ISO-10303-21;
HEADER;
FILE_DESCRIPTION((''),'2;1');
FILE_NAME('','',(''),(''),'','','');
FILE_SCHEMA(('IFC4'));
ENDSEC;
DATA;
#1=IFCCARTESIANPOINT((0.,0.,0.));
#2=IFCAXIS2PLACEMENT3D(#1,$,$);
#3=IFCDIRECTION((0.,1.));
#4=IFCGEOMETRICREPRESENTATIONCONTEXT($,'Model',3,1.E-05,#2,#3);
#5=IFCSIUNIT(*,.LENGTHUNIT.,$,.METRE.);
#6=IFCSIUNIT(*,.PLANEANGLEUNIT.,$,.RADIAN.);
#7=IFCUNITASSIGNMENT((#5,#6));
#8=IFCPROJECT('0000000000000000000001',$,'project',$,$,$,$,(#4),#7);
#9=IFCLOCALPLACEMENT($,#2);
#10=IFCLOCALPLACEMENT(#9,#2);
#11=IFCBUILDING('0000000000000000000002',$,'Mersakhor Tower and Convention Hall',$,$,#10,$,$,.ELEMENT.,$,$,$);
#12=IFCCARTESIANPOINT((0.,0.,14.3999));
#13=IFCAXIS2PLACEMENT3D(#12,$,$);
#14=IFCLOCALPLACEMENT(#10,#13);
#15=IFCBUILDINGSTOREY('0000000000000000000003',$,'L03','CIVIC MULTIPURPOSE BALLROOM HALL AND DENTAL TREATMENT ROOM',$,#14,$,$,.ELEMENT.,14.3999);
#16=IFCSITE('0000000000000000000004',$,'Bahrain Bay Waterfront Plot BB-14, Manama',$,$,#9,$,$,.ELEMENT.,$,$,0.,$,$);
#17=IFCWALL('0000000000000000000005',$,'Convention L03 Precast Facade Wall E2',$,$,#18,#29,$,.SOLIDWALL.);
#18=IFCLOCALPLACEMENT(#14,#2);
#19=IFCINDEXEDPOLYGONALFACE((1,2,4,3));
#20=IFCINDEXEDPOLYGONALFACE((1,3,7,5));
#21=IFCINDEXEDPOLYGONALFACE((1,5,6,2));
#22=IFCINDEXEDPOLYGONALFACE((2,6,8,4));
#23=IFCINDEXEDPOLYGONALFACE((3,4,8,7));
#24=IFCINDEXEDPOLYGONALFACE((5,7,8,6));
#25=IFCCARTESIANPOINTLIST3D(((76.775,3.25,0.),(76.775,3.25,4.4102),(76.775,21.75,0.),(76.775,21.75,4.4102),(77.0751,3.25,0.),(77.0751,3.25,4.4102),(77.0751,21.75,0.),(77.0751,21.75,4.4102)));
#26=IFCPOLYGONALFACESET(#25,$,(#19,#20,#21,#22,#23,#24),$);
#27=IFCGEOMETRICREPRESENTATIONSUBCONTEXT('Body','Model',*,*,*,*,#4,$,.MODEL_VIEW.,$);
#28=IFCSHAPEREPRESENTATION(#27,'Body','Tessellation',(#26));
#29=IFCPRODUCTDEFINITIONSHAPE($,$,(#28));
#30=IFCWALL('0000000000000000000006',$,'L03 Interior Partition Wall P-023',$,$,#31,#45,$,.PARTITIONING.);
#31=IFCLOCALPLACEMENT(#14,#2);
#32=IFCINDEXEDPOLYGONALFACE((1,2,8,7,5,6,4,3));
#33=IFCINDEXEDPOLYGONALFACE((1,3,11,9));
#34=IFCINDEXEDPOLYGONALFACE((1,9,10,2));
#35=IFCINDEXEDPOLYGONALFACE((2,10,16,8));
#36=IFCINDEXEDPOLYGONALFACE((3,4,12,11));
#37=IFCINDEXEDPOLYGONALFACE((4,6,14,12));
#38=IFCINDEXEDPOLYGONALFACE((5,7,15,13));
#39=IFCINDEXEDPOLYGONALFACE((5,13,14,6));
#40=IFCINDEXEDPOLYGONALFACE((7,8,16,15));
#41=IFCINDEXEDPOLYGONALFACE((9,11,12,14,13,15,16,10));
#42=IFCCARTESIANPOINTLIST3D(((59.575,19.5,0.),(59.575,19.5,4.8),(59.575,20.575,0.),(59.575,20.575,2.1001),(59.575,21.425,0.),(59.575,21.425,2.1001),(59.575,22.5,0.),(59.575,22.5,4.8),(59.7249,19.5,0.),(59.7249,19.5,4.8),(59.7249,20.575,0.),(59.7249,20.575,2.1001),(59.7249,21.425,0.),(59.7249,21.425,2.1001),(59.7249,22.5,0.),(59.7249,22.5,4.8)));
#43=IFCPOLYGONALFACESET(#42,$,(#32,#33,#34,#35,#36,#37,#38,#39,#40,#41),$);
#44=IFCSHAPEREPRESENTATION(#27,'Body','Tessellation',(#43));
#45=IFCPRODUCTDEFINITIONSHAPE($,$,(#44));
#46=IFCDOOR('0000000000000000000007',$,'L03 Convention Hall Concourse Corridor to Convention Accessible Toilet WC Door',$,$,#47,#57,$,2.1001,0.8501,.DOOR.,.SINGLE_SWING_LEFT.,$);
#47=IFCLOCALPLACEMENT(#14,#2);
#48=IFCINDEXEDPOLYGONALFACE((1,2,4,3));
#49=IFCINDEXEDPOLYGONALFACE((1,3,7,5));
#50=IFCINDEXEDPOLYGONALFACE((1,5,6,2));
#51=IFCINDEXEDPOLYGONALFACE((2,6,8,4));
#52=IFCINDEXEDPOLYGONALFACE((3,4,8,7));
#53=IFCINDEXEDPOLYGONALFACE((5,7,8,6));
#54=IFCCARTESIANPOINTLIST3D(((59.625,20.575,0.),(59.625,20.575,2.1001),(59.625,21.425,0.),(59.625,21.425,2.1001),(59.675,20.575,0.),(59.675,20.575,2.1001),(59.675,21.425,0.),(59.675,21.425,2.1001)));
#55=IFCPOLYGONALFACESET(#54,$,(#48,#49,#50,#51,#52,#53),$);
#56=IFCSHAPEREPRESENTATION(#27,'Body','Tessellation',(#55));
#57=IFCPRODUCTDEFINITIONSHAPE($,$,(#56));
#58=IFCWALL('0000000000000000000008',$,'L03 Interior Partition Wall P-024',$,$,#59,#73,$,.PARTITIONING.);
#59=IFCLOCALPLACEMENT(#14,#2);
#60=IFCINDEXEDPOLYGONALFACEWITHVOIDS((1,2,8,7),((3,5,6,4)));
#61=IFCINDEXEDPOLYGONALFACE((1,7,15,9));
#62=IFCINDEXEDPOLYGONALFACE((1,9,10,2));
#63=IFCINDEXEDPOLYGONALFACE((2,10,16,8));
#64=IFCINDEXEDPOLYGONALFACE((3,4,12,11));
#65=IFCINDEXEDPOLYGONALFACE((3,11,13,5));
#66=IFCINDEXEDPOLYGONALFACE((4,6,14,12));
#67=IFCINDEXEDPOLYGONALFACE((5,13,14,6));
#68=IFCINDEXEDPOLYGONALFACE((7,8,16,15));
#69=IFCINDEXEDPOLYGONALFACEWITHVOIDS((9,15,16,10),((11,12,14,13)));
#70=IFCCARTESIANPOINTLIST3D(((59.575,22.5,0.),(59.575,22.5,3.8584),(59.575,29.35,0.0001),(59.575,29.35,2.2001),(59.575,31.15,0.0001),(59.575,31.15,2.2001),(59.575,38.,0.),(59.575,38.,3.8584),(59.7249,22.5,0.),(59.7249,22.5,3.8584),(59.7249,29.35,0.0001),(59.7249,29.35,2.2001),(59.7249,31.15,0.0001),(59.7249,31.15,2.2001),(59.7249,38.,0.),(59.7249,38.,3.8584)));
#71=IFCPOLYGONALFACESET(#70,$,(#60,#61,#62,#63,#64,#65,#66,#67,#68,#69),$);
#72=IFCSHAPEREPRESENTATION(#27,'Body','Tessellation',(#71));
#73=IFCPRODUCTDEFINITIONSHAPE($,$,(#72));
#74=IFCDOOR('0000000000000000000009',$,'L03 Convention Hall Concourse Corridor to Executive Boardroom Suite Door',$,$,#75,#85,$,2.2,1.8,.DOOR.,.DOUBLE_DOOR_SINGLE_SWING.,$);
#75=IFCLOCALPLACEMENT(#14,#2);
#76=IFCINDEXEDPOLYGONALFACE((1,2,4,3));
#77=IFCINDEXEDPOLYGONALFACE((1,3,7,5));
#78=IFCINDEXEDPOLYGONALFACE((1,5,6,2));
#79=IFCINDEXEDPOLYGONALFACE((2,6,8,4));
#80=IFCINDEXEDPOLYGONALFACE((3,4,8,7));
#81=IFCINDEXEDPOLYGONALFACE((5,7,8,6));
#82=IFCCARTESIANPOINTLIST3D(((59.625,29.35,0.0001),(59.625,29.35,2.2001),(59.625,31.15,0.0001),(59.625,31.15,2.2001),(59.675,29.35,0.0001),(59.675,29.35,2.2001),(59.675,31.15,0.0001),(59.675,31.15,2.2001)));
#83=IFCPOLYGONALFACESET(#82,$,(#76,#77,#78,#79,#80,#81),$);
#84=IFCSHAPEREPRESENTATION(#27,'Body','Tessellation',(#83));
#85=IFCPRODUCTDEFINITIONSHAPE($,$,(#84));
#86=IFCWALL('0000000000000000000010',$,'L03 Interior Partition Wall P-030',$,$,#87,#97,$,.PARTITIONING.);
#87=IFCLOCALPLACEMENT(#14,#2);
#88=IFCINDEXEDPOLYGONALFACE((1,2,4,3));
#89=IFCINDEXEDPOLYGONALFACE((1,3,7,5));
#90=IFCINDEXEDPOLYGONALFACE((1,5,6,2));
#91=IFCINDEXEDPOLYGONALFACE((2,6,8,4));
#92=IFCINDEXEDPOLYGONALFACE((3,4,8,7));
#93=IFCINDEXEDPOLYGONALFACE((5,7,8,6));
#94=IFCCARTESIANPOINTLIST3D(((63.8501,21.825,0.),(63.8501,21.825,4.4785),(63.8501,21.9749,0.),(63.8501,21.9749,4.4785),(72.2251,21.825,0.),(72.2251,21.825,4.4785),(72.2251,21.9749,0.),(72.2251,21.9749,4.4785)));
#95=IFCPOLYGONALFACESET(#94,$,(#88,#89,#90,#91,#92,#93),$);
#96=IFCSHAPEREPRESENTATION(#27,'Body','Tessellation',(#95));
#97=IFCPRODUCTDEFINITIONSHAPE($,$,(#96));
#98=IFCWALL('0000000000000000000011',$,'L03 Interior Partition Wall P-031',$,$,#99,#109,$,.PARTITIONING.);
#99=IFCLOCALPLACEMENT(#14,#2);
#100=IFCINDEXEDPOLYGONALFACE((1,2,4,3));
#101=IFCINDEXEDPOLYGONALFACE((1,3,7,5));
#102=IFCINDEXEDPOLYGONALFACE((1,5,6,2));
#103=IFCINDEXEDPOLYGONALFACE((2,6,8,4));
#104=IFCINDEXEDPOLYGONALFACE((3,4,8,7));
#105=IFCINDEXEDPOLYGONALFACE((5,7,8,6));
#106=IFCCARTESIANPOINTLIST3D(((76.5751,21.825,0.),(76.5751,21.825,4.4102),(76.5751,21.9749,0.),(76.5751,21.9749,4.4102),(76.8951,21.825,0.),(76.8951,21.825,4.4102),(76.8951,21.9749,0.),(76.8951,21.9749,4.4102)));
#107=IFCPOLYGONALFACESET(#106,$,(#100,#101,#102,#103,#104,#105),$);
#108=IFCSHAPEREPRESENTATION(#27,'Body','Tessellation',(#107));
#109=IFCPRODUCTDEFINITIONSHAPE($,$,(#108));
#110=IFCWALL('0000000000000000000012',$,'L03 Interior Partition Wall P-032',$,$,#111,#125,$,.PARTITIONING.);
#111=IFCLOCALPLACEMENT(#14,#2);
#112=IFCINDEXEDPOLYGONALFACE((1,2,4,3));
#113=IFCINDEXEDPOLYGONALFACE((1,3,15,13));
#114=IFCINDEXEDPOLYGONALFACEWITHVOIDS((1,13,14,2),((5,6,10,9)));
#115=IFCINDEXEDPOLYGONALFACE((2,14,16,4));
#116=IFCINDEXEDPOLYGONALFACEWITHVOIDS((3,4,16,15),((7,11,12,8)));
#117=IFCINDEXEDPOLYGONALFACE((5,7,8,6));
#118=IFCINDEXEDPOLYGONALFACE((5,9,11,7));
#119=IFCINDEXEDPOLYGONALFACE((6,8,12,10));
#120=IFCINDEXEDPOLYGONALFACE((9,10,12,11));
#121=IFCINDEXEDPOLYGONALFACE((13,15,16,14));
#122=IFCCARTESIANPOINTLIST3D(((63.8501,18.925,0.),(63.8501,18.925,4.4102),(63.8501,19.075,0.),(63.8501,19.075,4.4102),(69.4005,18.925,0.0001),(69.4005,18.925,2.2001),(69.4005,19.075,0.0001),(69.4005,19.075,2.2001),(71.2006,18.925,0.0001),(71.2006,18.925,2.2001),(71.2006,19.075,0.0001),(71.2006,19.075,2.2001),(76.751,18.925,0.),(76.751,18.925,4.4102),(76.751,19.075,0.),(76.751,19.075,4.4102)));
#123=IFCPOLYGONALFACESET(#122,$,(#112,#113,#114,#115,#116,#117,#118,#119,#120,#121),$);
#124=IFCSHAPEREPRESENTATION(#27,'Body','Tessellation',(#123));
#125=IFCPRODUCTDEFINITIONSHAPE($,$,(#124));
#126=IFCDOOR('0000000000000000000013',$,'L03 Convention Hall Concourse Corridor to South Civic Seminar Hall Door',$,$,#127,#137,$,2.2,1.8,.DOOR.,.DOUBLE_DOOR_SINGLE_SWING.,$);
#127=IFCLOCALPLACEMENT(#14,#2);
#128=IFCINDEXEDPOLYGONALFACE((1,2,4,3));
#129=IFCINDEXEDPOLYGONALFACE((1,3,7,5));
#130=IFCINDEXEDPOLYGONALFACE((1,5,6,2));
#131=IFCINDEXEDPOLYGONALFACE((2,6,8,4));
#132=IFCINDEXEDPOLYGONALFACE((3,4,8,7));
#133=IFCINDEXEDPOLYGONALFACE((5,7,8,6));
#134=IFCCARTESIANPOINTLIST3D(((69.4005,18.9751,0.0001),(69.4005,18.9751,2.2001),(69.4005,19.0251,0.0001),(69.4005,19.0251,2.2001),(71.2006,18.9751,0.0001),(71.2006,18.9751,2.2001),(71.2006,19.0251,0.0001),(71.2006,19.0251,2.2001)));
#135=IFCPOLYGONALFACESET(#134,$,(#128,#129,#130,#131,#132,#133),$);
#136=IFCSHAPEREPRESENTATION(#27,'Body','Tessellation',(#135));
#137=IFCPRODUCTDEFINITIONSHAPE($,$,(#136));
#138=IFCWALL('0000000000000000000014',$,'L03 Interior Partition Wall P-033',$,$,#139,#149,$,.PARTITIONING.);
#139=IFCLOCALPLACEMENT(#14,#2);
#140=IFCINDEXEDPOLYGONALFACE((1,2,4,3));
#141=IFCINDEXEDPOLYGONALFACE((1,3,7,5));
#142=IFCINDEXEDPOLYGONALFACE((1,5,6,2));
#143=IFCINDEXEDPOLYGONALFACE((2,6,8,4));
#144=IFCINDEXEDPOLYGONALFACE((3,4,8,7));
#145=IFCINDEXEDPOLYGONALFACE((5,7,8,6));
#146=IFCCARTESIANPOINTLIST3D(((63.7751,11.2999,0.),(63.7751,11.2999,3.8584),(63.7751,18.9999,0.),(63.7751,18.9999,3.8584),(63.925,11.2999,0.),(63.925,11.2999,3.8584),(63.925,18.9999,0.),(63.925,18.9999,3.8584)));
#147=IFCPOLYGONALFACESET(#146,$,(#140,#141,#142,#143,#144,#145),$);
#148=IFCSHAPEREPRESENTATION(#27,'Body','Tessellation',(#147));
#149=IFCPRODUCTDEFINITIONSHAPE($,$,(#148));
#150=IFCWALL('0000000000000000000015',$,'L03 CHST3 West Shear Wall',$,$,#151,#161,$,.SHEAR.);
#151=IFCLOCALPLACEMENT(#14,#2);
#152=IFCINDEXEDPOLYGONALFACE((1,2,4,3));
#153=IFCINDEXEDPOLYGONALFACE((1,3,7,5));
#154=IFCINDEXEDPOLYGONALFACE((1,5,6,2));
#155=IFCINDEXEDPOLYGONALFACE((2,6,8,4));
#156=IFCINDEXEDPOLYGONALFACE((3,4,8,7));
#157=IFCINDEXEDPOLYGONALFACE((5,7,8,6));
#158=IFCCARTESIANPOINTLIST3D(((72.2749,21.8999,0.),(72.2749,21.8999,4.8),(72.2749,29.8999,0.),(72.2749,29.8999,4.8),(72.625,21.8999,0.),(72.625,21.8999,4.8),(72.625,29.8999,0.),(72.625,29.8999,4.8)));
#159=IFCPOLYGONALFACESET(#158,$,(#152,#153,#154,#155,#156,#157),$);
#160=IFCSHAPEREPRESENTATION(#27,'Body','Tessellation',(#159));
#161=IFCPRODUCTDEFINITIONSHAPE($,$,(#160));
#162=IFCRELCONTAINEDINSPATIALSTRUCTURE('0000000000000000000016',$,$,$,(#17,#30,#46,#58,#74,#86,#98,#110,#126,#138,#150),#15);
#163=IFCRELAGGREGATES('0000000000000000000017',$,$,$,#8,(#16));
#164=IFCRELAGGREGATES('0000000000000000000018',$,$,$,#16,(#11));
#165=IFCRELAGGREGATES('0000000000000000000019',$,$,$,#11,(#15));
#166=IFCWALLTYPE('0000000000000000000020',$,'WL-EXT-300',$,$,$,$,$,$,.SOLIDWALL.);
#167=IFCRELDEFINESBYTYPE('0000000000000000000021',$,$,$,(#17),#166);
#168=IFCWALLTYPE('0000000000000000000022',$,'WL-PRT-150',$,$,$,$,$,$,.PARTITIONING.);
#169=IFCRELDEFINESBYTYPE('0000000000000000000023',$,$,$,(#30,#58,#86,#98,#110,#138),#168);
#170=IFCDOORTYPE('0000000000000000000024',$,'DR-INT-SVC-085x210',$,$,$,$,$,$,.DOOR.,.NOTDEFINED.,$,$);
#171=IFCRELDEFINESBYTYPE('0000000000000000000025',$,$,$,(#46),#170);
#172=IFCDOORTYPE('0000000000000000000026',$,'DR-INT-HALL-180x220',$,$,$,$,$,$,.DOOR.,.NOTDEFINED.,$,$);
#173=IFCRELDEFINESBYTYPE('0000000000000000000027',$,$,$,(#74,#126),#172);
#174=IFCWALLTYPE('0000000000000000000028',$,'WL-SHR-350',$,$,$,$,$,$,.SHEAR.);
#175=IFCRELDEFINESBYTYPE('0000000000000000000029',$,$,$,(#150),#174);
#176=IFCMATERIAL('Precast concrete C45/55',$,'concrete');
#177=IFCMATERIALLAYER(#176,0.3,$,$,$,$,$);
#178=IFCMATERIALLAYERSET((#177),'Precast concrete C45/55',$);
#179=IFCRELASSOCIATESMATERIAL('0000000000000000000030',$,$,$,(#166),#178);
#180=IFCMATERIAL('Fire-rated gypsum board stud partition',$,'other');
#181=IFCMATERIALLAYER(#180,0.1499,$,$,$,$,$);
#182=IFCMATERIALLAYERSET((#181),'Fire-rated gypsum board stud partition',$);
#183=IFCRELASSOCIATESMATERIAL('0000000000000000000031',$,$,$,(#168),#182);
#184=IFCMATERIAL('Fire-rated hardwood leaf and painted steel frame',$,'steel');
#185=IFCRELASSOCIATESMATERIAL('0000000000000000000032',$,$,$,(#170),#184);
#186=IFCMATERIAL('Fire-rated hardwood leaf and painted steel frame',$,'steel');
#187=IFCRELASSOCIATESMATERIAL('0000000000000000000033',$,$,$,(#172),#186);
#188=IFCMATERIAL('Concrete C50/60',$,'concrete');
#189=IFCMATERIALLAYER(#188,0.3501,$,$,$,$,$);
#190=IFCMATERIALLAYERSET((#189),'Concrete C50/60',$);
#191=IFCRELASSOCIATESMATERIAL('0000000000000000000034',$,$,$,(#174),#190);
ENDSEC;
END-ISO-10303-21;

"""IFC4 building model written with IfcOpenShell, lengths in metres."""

from ifc_helpers import new_model, si_unit, direction, frame, frame_2d, origin, place, context, subcontext, project, spatial, rectangle, extrude, material, layer, layer_set, type_object, element, fill, save


model = new_model("IFC4")

# Units and contexts
model_context = context("Model", 3, precision=1e-05, world=origin(), true_north=direction((0.0, 1.0)))
body_context = subcontext(model_context, "Body", "Model", "MODEL_VIEW")
ifc_project = project(units=[si_unit("LENGTHUNIT", "METRE"), si_unit("PLANEANGLEUNIT", "RADIAN")], contexts=[model_context])

# Site, building, storey
site_placement = place(None, origin())
site = spatial("IfcSite", under=ifc_project, at=site_placement, Name="Bahrain Bay Waterfront Plot BB-14, Manama", CompositionType="ELEMENT", RefElevation=0.0)
building_placement = place(site_placement, origin())
building = spatial("IfcBuilding", under=site, at=building_placement, Name="Mersakhor Tower and Convention Hall", CompositionType="ELEMENT")
storey_placement = place(building_placement, frame((0.0, 0.0, 14.3999)))
storey = spatial("IfcBuildingStorey", under=building, at=storey_placement, Name="L03", Description="CIVIC MULTIPURPOSE BALLROOM HALL AND DENTAL TREATMENT ROOM", CompositionType="ELEMENT", Elevation=14.3999)

# Wall
ifc_material_1 = material(Name="Precast concrete C45/55", Category="concrete")
ifc_layer_1 = layer(ifc_material_1, 0.3)
ifc_layer_set_1 = layer_set([ifc_layer_1], Name="Precast concrete C45/55")
wall_type_1 = type_object("IfcWallType", Name="WL-EXT-300", PredefinedType="SOLIDWALL", material=ifc_layer_set_1)
wall_1_placement = place(storey_placement, frame((76.925, 21.75, 0.0), z_axis=(0.0, 0.0, 1.0), x_axis=(0.0, -1.0, 0.0)))
element("IfcWall", 1, at=wall_1_placement, inside=storey, type_object=wall_type_1, Name="Convention L03 Precast Facade Wall E2", PredefinedType="SOLIDWALL", context=body_context, shape_type="SweptSolid", body=[
    extrude(rectangle(XDim=18.5, YDim=0.3, at=frame_2d((9.25, 0.0))), origin(), (0.0, 0.0, 1.0), 4.4102),
])

# Walls, openings, doors
ifc_material_2 = material(Name="Fire-rated gypsum board stud partition", Category="other")
ifc_layer_2 = layer(ifc_material_2, 0.1499)
ifc_layer_set_2 = layer_set([ifc_layer_2], Name="Fire-rated gypsum board stud partition")
wall_type_2 = type_object("IfcWallType", Name="WL-PRT-150", PredefinedType="PARTITIONING", material=ifc_layer_set_2)
wall_2_placement = place(storey_placement, frame((59.6499, 19.5, 0.0), z_axis=(0.0, 0.0, 1.0), x_axis=(0.0, 1.0, 0.0)))
wall_2 = element("IfcWall", 2, at=wall_2_placement, inside=storey, type_object=wall_type_2, Name="L03 Interior Partition Wall P-023", PredefinedType="PARTITIONING", context=body_context, shape_type="SweptSolid", body=[
    extrude(rectangle(XDim=3.0, YDim=0.1499, at=frame_2d((1.5, 0.0))), origin(), (0.0, 0.0, 1.0), 4.8),
])
opening_1_placement = place(wall_2_placement, frame((1.075, 0.0, 0.0)))
opening_1 = element("IfcOpeningElement", 3, at=opening_1_placement, cuts=wall_2, PredefinedType="OPENING", context=body_context, shape_type="SweptSolid", body=[
    extrude(rectangle(XDim=0.8501, YDim=2.1001, at=frame_2d((0.425, 1.05))), frame((0.0, 0.085, 0.0), z_axis=(0.0, -1.0, 0.0), x_axis=(1.0, 0.0, 0.0)), (0.0, 0.0, 1.0), 0.1699),
])
ifc_material_3 = material(Name="Fire-rated hardwood leaf and painted steel frame", Category="steel")
door_type_1 = type_object("IfcDoorType", Name="DR-INT-SVC-085x210", OperationType="NOTDEFINED", PredefinedType="DOOR", material=ifc_material_3)
door_1_placement = place(opening_1_placement, origin())
door_1 = element("IfcDoor", 4, at=door_1_placement, inside=storey, type_object=door_type_1, Name="L03 Convention Hall Concourse Corridor to Convention Accessible Toilet WC Door", OperationType="SINGLE_SWING_LEFT", OverallHeight=2.1001, OverallWidth=0.8501, PredefinedType="DOOR", context=body_context, shape_type="SweptSolid", body=[
    extrude(rectangle(XDim=0.8501, YDim=2.1001, at=frame_2d((0.425, 1.05))), frame((0.0, 0.0249, 0.0), z_axis=(0.0, -1.0, 0.0), x_axis=(1.0, 0.0, 0.0)), (0.0, 0.0, 1.0), 0.05),
])
fill(opening_1, door_1)
wall_3_placement = place(storey_placement, frame((59.6499, 22.5, 0.0), z_axis=(0.0, 0.0, 1.0), x_axis=(0.0, 1.0, 0.0)))
wall_3 = element("IfcWall", 5, at=wall_3_placement, inside=storey, type_object=wall_type_2, Name="L03 Interior Partition Wall P-024", PredefinedType="PARTITIONING", context=body_context, shape_type="SweptSolid", body=[
    extrude(rectangle(XDim=15.5, YDim=0.1499, at=frame_2d((7.75, 0.0))), origin(), (0.0, 0.0, 1.0), 3.8584),
])
opening_2_placement = place(wall_3_placement, frame((6.8501, 0.0, 0.0)))
opening_2 = element("IfcOpeningElement", 6, at=opening_2_placement, cuts=wall_3, PredefinedType="OPENING", context=body_context, shape_type="SweptSolid", body=[
    extrude(rectangle(XDim=1.8, YDim=2.2, at=frame_2d((0.8999, 1.1001))), frame((0.0, 0.085, 0.0), z_axis=(0.0, -1.0, 0.0), x_axis=(1.0, 0.0, 0.0)), (0.0, 0.0, 1.0), 0.1699),
])
ifc_material_4 = material(Name="Fire-rated hardwood leaf and painted steel frame", Category="steel")
door_type_2 = type_object("IfcDoorType", Name="DR-INT-HALL-180x220", OperationType="NOTDEFINED", PredefinedType="DOOR", material=ifc_material_4)
door_2_placement = place(opening_2_placement, origin())
door_2 = element("IfcDoor", 7, at=door_2_placement, inside=storey, type_object=door_type_2, Name="L03 Convention Hall Concourse Corridor to Executive Boardroom Suite Door", OperationType="DOUBLE_DOOR_SINGLE_SWING", OverallHeight=2.2, OverallWidth=1.8, PredefinedType="DOOR", context=body_context, shape_type="SweptSolid", body=[
    extrude(rectangle(XDim=1.8, YDim=2.2, at=frame_2d((0.8999, 1.1001))), frame((0.0, 0.0249, 0.0), z_axis=(0.0, -1.0, 0.0), x_axis=(1.0, 0.0, 0.0)), (0.0, 0.0, 1.0), 0.05),
])
fill(opening_2, door_2)

# Walls
wall_4_placement = place(storey_placement, frame((63.8501, 21.8999, 0.0), z_axis=(0.0, 0.0, 1.0), x_axis=(1.0, 0.0, 0.0)))
element("IfcWall", 8, at=wall_4_placement, inside=storey, type_object=wall_type_2, Name="L03 Interior Partition Wall P-030", PredefinedType="PARTITIONING", context=body_context, shape_type="SweptSolid", body=[
    extrude(rectangle(XDim=8.375, YDim=0.1499, at=frame_2d((4.1875, 0.0))), origin(), (0.0, 0.0, 1.0), 4.4785),
])
wall_5_placement = place(storey_placement, frame((76.575, 21.8999, 0.0), z_axis=(0.0, 0.0, 1.0), x_axis=(1.0, 0.0, 0.0)))
element("IfcWall", 9, at=wall_5_placement, inside=storey, type_object=wall_type_2, Name="L03 Interior Partition Wall P-031", PredefinedType="PARTITIONING", context=body_context, shape_type="SweptSolid", body=[
    extrude(rectangle(XDim=0.3201, YDim=0.1499, at=frame_2d((0.1602, 0.0))), origin(), (0.0, 0.0, 1.0), 4.4102),
])

# Wall, opening, door
wall_6_placement = place(storey_placement, frame((76.751, 19.0, 0.0), z_axis=(0.0, 0.0, 1.0), x_axis=(-1.0, 0.0, 0.0)))
wall_6 = element("IfcWall", 10, at=wall_6_placement, inside=storey, type_object=wall_type_2, Name="L03 Interior Partition Wall P-032", PredefinedType="PARTITIONING", context=body_context, shape_type="SweptSolid", body=[
    extrude(rectangle(XDim=12.9009, YDim=0.1499, at=frame_2d((6.4504, 0.0))), origin(), (0.0, 0.0, 1.0), 4.4102),
])
opening_3_placement = place(wall_6_placement, frame((5.5505, 0.0, 0.0)))
opening_3 = element("IfcOpeningElement", 11, at=opening_3_placement, cuts=wall_6, PredefinedType="OPENING", context=body_context, shape_type="SweptSolid", body=[
    extrude(rectangle(XDim=1.8, YDim=2.2, at=frame_2d((0.8999, 1.1001))), frame((0.0, 0.085, 0.0), z_axis=(0.0, -1.0, 0.0), x_axis=(1.0, 0.0, 0.0)), (0.0, 0.0, 1.0), 0.1699),
])
door_3_placement = place(opening_3_placement, origin())
door_3 = element("IfcDoor", 12, at=door_3_placement, inside=storey, type_object=door_type_2, Name="L03 Convention Hall Concourse Corridor to South Civic Seminar Hall Door", OperationType="DOUBLE_DOOR_SINGLE_SWING", OverallHeight=2.2, OverallWidth=1.8, PredefinedType="DOOR", context=body_context, shape_type="SweptSolid", body=[
    extrude(rectangle(XDim=1.8, YDim=2.2, at=frame_2d((0.8999, 1.1001))), frame((0.0, 0.0249, 0.0), z_axis=(0.0, -1.0, 0.0), x_axis=(1.0, 0.0, 0.0)), (0.0, 0.0, 1.0), 0.05),
])
fill(opening_3, door_3)

# Walls
wall_7_placement = place(storey_placement, frame((63.8501, 19.0, 0.0), z_axis=(0.0, 0.0, 1.0), x_axis=(0.0, -1.0, 0.0)))
element("IfcWall", 13, at=wall_7_placement, inside=storey, type_object=wall_type_2, Name="L03 Interior Partition Wall P-033", PredefinedType="PARTITIONING", context=body_context, shape_type="SweptSolid", body=[
    extrude(rectangle(XDim=7.7, YDim=0.1499, at=frame_2d((3.8501, 0.0))), origin(), (0.0, 0.0, 1.0), 3.8584),
])
ifc_material_5 = material(Name="Concrete C50/60", Category="concrete")
ifc_layer_3 = layer(ifc_material_5, 0.3501)
ifc_layer_set_3 = layer_set([ifc_layer_3], Name="Concrete C50/60")
wall_type_3 = type_object("IfcWallType", Name="WL-SHR-350", PredefinedType="SHEAR", material=ifc_layer_set_3)
wall_8_placement = place(storey_placement, frame((72.45, 21.8999, 0.0), z_axis=(0.0, 0.0, 1.0), x_axis=(0.0, 1.0, 0.0)))
element("IfcWall", 14, at=wall_8_placement, inside=storey, type_object=wall_type_3, Name="L03 CHST3 West Shear Wall", PredefinedType="SHEAR", context=body_context, shape_type="SweptSolid", body=[
    extrude(rectangle(XDim=8.0, YDim=0.3501, at=frame_2d((4.0, 0.0))), origin(), (0.0, 0.0, 1.0), 4.8),
])

save(model, "model.ifc")
